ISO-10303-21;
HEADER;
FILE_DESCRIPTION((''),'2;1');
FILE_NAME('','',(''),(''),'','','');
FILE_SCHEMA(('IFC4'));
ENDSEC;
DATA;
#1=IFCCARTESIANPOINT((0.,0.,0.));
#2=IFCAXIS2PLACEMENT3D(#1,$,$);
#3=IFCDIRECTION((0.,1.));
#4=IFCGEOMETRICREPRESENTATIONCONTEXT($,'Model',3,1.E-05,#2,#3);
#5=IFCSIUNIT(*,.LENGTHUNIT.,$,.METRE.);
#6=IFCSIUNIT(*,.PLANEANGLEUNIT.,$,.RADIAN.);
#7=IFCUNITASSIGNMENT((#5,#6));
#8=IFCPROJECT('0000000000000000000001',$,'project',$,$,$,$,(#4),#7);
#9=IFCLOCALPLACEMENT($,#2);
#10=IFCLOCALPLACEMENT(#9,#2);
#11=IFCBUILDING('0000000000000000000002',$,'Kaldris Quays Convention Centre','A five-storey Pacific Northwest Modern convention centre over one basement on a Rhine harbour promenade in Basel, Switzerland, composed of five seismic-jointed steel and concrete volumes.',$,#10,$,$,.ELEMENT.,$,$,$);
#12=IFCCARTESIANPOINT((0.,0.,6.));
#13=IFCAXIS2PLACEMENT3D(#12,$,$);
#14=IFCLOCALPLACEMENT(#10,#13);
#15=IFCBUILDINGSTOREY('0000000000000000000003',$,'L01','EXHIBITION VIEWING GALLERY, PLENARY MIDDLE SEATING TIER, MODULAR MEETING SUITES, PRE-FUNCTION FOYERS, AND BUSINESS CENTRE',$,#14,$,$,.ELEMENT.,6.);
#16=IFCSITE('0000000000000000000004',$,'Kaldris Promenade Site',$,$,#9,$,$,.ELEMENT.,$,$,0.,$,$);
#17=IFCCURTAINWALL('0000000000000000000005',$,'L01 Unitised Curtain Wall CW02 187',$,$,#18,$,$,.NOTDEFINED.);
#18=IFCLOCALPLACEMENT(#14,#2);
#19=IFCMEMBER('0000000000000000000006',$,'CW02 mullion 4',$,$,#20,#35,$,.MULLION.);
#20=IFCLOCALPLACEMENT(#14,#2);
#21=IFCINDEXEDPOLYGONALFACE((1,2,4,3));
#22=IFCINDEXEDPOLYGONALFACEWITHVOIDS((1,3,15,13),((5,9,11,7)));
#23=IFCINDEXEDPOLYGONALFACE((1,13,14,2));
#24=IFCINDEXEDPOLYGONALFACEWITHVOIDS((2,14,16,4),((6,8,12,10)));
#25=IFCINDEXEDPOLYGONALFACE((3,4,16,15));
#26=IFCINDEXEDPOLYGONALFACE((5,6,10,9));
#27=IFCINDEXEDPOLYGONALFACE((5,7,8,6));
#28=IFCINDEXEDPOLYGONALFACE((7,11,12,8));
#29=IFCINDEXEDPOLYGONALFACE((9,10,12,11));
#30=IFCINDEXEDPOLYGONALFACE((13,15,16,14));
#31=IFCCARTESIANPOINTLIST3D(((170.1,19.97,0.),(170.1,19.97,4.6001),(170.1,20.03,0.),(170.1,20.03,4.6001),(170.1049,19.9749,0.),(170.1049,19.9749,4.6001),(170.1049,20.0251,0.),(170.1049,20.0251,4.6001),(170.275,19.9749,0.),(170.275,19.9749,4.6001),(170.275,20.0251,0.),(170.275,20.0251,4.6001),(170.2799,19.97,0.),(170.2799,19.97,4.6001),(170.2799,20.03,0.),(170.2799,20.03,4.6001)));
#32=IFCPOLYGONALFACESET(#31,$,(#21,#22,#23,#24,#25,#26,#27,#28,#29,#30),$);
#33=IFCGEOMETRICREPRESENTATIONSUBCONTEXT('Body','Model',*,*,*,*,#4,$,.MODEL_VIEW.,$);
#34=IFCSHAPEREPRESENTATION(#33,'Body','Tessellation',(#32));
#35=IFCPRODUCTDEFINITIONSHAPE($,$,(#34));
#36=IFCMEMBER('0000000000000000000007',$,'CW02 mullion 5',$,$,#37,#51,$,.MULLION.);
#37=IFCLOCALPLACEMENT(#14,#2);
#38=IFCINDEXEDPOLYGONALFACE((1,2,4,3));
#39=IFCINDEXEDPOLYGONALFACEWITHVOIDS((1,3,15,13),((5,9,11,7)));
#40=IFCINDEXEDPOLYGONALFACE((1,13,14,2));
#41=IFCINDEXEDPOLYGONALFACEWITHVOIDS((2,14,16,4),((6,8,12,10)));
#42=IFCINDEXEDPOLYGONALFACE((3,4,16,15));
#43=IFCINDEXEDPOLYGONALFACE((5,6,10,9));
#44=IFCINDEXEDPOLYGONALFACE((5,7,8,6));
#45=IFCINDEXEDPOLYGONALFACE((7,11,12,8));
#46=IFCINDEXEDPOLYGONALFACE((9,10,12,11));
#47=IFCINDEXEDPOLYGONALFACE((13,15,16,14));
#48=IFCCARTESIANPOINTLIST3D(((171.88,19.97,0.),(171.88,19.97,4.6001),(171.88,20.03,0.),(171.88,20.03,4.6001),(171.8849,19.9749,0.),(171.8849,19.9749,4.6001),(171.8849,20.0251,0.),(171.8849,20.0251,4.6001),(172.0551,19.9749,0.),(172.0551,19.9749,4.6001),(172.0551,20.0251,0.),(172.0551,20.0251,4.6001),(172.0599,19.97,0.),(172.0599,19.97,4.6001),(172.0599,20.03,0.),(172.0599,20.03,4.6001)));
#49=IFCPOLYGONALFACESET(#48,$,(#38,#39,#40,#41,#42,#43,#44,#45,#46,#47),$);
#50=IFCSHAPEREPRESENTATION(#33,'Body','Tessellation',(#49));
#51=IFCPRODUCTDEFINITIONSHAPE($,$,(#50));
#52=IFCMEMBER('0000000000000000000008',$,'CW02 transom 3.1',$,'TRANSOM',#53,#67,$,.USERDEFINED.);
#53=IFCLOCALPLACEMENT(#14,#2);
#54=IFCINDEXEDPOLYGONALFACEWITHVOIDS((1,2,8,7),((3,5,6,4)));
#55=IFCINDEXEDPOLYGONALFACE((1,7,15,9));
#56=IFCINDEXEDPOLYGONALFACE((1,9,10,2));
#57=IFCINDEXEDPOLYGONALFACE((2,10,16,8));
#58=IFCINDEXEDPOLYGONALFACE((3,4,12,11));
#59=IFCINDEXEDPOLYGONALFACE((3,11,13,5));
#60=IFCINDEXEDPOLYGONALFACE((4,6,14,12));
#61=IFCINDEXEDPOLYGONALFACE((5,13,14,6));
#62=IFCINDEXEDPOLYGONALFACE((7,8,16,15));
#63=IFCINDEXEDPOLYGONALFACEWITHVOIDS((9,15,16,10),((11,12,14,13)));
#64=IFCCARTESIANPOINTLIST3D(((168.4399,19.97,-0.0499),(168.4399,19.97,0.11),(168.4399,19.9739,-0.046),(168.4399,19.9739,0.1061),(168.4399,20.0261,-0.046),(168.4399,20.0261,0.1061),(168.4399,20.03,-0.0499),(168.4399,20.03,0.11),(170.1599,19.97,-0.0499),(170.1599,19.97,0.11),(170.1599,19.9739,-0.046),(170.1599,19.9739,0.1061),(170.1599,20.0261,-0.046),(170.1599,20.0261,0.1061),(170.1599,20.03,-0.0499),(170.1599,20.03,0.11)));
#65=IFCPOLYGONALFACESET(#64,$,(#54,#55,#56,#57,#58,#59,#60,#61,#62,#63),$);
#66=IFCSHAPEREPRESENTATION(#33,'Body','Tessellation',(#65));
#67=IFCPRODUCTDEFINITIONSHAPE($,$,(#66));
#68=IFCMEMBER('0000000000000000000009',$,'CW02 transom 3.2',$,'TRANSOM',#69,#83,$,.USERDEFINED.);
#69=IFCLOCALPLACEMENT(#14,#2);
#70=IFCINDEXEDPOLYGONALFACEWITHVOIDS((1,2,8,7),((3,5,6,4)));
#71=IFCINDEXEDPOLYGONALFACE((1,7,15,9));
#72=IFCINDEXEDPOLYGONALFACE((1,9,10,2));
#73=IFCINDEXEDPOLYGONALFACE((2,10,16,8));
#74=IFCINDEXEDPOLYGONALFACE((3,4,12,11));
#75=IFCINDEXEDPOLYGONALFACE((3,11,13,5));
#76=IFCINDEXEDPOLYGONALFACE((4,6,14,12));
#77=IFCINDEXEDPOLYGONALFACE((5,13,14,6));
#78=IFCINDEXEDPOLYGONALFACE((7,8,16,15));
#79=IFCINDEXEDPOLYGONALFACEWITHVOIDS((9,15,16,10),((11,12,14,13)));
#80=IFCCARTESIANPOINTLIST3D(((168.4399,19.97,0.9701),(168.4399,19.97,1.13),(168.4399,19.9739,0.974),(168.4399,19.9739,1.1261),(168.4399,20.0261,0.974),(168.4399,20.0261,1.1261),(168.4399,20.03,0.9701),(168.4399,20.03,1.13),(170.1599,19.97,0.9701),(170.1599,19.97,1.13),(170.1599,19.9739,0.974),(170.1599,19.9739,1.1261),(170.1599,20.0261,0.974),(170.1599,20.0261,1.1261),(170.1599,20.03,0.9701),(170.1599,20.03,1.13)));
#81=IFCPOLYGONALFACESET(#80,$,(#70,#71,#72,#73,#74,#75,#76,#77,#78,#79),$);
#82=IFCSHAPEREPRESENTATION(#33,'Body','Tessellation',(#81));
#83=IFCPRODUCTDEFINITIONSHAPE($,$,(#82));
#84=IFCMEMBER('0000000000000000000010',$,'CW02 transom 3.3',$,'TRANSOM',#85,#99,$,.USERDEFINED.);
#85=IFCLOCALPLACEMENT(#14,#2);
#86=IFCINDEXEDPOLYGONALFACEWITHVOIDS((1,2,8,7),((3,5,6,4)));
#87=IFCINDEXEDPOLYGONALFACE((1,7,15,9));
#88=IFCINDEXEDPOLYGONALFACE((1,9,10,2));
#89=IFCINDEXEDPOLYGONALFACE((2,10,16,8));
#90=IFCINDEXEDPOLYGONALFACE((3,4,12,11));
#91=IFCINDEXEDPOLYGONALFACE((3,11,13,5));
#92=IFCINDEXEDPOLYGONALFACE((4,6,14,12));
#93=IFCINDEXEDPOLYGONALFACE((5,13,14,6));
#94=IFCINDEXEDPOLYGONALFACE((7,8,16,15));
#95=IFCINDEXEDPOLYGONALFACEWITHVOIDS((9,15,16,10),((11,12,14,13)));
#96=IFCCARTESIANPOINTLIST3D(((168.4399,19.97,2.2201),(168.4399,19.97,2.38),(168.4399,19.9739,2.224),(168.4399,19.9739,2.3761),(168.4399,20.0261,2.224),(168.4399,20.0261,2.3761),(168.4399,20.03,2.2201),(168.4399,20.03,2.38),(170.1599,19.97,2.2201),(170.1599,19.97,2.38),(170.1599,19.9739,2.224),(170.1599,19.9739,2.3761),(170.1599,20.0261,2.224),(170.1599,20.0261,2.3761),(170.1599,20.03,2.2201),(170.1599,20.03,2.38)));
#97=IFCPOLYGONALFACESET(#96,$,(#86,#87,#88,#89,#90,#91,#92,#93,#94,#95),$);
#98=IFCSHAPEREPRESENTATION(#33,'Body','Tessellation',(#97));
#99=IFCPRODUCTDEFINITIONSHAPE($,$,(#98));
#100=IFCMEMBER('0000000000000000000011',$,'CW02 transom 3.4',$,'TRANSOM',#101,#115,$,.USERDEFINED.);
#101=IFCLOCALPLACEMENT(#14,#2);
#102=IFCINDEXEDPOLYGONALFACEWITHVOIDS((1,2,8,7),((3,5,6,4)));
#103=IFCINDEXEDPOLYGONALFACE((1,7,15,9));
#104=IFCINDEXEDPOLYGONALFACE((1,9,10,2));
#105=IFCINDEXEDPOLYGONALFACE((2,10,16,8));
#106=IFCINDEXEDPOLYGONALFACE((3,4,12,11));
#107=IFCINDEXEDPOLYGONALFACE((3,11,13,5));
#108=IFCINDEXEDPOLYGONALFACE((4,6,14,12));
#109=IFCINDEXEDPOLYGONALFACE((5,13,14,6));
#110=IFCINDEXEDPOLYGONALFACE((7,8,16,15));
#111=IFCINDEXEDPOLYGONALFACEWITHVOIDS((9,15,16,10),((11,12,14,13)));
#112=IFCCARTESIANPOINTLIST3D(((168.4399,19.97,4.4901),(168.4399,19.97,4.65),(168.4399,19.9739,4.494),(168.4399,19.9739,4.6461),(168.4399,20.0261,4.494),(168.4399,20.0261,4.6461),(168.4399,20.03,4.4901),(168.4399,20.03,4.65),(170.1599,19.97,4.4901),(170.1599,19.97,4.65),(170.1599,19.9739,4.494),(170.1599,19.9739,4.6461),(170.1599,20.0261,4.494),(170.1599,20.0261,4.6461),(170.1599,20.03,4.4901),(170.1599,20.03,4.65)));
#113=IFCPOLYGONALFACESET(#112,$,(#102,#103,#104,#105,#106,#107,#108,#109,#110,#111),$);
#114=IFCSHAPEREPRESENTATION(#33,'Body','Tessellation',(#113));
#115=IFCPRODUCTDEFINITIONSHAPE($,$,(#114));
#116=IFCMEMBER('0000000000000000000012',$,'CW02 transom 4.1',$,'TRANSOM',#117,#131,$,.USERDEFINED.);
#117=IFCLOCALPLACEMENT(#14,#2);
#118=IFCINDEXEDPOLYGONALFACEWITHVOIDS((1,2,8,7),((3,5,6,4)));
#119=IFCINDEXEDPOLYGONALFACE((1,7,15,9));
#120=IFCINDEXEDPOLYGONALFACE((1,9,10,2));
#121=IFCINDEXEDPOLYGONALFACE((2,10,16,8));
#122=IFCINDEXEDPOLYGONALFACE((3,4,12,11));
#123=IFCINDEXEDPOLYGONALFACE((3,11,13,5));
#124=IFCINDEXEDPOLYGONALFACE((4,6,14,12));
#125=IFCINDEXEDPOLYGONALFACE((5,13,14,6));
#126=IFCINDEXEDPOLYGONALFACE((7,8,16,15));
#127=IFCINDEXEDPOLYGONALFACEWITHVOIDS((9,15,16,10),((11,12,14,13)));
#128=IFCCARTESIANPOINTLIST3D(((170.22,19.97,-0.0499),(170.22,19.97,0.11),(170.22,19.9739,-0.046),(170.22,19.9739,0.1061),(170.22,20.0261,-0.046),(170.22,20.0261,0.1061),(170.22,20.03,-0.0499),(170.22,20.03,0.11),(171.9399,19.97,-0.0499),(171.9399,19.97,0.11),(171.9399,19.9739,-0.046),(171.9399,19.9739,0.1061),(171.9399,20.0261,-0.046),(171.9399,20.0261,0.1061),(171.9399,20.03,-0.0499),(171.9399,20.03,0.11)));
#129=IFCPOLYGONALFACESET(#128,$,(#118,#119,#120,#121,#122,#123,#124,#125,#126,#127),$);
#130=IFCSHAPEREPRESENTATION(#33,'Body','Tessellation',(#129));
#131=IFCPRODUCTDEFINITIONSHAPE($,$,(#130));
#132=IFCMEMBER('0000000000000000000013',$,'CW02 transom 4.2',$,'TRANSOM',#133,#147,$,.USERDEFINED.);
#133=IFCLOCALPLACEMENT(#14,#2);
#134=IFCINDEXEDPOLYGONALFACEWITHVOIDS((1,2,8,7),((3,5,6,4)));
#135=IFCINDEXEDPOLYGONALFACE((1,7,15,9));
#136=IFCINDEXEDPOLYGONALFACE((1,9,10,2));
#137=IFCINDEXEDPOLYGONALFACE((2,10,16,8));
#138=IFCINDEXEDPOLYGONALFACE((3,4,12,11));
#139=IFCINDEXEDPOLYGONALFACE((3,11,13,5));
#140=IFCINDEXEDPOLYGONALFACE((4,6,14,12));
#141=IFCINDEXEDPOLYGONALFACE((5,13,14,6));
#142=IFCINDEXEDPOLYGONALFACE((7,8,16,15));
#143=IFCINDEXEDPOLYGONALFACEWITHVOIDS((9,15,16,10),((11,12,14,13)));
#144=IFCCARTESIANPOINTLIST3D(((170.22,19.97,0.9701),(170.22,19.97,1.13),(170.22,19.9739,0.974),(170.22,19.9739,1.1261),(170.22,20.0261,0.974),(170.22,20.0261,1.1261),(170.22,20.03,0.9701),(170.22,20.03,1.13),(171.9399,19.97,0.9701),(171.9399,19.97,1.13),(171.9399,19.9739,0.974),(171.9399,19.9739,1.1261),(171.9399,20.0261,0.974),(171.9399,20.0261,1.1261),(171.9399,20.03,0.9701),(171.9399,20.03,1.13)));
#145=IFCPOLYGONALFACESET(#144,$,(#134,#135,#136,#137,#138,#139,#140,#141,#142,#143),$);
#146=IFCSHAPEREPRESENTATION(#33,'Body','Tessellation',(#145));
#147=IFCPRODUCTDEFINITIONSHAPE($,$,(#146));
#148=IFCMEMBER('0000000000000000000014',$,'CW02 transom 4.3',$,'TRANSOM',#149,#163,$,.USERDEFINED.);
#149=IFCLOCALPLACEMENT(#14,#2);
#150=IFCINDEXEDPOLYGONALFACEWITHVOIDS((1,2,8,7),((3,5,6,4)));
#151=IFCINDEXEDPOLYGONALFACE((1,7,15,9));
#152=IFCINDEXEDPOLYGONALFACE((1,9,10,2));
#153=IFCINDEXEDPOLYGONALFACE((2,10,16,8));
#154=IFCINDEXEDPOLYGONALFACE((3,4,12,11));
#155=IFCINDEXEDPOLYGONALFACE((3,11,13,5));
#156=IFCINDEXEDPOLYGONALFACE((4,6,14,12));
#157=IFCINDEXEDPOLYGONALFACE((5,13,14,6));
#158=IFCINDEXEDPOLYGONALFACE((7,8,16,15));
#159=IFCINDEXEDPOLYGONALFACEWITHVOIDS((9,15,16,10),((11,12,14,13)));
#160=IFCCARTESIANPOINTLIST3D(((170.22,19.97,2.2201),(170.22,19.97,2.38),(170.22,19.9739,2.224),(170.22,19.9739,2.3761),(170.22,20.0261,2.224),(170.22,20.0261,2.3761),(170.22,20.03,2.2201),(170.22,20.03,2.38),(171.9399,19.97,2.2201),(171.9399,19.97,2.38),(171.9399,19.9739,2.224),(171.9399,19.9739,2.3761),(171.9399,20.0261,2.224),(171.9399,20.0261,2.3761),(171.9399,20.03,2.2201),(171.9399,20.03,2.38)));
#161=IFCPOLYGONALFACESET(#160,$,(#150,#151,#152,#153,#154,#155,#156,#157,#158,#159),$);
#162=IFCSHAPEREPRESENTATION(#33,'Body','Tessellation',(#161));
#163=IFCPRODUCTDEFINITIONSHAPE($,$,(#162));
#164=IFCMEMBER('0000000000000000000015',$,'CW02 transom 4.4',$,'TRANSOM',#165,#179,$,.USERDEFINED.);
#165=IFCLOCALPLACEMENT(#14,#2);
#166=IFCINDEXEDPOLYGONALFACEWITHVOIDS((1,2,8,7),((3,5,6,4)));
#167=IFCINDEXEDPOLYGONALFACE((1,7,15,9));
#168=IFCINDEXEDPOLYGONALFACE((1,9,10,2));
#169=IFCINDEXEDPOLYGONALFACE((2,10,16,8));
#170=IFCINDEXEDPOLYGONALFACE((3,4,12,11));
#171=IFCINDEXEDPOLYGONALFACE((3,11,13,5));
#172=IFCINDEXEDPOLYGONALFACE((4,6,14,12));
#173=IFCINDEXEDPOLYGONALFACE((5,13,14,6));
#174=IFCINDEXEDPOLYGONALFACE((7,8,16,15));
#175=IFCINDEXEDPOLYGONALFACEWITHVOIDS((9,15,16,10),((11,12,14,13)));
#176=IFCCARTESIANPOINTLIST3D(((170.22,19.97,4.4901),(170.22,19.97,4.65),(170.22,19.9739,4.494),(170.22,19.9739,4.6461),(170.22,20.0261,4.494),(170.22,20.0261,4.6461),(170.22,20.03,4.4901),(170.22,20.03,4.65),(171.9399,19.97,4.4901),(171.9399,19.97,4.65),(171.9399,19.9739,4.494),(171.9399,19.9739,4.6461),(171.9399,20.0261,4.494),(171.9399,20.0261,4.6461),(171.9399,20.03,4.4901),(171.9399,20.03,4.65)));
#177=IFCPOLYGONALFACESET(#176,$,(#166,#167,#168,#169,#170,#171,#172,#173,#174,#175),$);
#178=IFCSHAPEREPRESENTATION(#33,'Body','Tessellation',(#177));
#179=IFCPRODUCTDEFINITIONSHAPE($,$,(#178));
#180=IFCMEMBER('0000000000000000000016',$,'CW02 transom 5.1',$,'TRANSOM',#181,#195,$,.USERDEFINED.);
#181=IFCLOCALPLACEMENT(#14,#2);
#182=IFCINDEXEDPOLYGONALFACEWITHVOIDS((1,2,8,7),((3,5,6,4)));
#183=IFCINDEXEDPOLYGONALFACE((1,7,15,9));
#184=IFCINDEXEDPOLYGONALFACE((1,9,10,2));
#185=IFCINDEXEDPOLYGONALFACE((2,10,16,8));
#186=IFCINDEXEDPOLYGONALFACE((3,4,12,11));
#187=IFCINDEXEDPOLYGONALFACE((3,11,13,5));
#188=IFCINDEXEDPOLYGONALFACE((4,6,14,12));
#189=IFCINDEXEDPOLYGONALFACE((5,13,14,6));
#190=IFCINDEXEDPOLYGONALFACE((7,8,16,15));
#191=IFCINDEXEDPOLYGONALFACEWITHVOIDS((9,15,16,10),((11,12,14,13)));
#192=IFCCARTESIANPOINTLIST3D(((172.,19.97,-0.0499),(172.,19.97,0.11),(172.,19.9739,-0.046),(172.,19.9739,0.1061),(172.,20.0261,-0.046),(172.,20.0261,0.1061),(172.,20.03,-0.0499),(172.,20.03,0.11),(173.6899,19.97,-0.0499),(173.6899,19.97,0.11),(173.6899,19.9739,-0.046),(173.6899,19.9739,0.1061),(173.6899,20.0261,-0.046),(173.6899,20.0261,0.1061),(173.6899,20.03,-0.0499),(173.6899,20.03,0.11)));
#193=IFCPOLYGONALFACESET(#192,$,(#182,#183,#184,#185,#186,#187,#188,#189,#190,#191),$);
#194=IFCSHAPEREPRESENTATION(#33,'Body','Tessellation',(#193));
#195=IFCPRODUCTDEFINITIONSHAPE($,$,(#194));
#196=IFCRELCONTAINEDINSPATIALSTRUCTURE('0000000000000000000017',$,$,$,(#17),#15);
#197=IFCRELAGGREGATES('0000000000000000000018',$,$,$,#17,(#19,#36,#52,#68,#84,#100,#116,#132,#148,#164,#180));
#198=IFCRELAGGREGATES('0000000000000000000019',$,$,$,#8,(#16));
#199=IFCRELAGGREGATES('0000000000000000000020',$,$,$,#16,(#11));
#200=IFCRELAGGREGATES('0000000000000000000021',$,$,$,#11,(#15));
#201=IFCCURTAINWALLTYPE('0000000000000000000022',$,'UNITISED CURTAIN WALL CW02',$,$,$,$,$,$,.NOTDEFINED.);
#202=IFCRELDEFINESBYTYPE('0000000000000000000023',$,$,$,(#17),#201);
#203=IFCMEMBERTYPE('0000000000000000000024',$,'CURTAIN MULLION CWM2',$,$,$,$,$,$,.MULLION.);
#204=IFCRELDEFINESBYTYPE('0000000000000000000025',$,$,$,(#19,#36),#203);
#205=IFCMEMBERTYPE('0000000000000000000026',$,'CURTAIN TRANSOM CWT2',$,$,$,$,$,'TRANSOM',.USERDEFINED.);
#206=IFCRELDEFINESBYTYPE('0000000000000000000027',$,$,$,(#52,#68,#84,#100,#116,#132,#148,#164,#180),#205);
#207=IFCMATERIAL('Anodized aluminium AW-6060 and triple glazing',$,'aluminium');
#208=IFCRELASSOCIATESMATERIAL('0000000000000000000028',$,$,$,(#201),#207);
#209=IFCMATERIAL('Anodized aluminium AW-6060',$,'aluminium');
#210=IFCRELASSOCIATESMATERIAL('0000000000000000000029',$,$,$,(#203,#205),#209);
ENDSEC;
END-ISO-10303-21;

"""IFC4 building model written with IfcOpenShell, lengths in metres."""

from ifc_helpers import new_model, si_unit, direction, frame, origin, origin_2d, place, context, subcontext, project, spatial, hollow_rectangle, extrude, material, material_profile, profile_set, type_object, element, aggregate, save


model = new_model("IFC4")

# Units and contexts
model_context = context("Model", 3, precision=1e-05, world=origin(), true_north=direction((0.0, 1.0)))
body_context = subcontext(model_context, "Body", "Model", "MODEL_VIEW")
ifc_project = project(units=[si_unit("LENGTHUNIT", "METRE"), si_unit("PLANEANGLEUNIT", "RADIAN")], contexts=[model_context])

# Site, building, storey
site_placement = place(None, origin())
site = spatial("IfcSite", under=ifc_project, at=site_placement, Name="Kaldris Promenade Site", CompositionType="ELEMENT", RefElevation=0.0)
building_placement = place(site_placement, origin())
building = spatial("IfcBuilding", under=site, at=building_placement, Name="Kaldris Quays Convention Centre", Description="A five-storey Pacific Northwest Modern convention centre over one basement on a Rhine harbour promenade in Basel, Switzerland, composed of five seismic-jointed steel and concrete volumes.", CompositionType="ELEMENT")
storey_placement = place(building_placement, frame((0.0, 0.0, 6.0)))
storey = spatial("IfcBuildingStorey", under=building, at=storey_placement, Name="L01", Description="EXHIBITION VIEWING GALLERY, PLENARY MIDDLE SEATING TIER, MODULAR MEETING SUITES, PRE-FUNCTION FOYERS, AND BUSINESS CENTRE", CompositionType="ELEMENT", Elevation=6.0)

# Curtain wall, members
ifc_material_1 = material(Name="Anodized aluminium AW-6060 and triple glazing", Category="aluminium")
curtain_wall_type = type_object("IfcCurtainWallType", Name="UNITISED CURTAIN WALL CW02", PredefinedType="NOTDEFINED", material=ifc_material_1)
curtain_wall_placement = place(storey_placement, origin())
curtain_wall = element("IfcCurtainWall", 1, at=curtain_wall_placement, inside=storey, type_object=curtain_wall_type, Name="L01 Unitised Curtain Wall CW02 187", PredefinedType="NOTDEFINED")
ifc_material_2 = material(Name="Anodized aluminium AW-6060", Category="aluminium")
ifc_material_profile_1 = material_profile(ifc_material_2, hollow_rectangle(XDim=0.0601, YDim=0.1799, WallThickness=0.0049, at=origin_2d()), Name="RHS 180x60x5")
ifc_profile_set_1 = profile_set([ifc_material_profile_1], Name="Anodized aluminium AW-6060")
member_type_1 = type_object("IfcMemberType", Name="CURTAIN MULLION CWM2", PredefinedType="MULLION", material=ifc_profile_set_1)
member_1_placement = place(storey_placement, frame((170.1899, 20.0, 0.0), z_axis=(0.0, 0.0, 1.0), x_axis=(0.0, 1.0, 0.0)))
member_1 = element("IfcMember", 2, at=member_1_placement, type_object=member_type_1, Name="CW02 mullion 4", PredefinedType="MULLION", context=body_context, shape_type="SweptSolid", body=[
    extrude(hollow_rectangle(XDim=0.0601, YDim=0.1799, WallThickness=0.0049, at=origin_2d()), origin(), (0.0, 0.0, 1.0), 4.6001),
])
member_2_placement = place(storey_placement, frame((171.97, 20.0, 0.0), z_axis=(0.0, 0.0, 1.0), x_axis=(0.0, 1.0, 0.0)))
member_2 = element("IfcMember", 3, at=member_2_placement, type_object=member_type_1, Name="CW02 mullion 5", PredefinedType="MULLION", context=body_context, shape_type="SweptSolid", body=[
    extrude(hollow_rectangle(XDim=0.0601, YDim=0.1799, WallThickness=0.0049, at=origin_2d()), origin(), (0.0, 0.0, 1.0), 4.6001),
])
ifc_material_profile_2 = material_profile(ifc_material_2, hollow_rectangle(XDim=0.0601, YDim=0.1599, WallThickness=0.0039, at=origin_2d()), Name="RHS 160x60x4")
ifc_profile_set_2 = profile_set([ifc_material_profile_2], Name="Anodized aluminium AW-6060")
member_type_2 = type_object("IfcMemberType", Name="CURTAIN TRANSOM CWT2", ElementType="TRANSOM", PredefinedType="USERDEFINED", material=ifc_profile_set_2)
member_3_placement = place(storey_placement, frame((168.4399, 20.0, 0.03), z_axis=(1.0, 0.0, 0.0), x_axis=(0.0, 1.0, 0.0)))
member_3 = element("IfcMember", 4, at=member_3_placement, type_object=member_type_2, Name="CW02 transom 3.1", ObjectType="TRANSOM", PredefinedType="USERDEFINED", context=body_context, shape_type="SweptSolid", body=[
    extrude(hollow_rectangle(XDim=0.0601, YDim=0.1599, WallThickness=0.0039, at=origin_2d()), origin(), (0.0, 0.0, 1.0), 1.72),
])
member_4_placement = place(storey_placement, frame((168.4399, 20.0, 1.05), z_axis=(1.0, 0.0, 0.0), x_axis=(0.0, 1.0, 0.0)))
member_4 = element("IfcMember", 5, at=member_4_placement, type_object=member_type_2, Name="CW02 transom 3.2", ObjectType="TRANSOM", PredefinedType="USERDEFINED", context=body_context, shape_type="SweptSolid", body=[
    extrude(hollow_rectangle(XDim=0.0601, YDim=0.1599, WallThickness=0.0039, at=origin_2d()), origin(), (0.0, 0.0, 1.0), 1.72),
])
member_5_placement = place(storey_placement, frame((168.4399, 20.0, 2.3), z_axis=(1.0, 0.0, 0.0), x_axis=(0.0, 1.0, 0.0)))
member_5 = element("IfcMember", 6, at=member_5_placement, type_object=member_type_2, Name="CW02 transom 3.3", ObjectType="TRANSOM", PredefinedType="USERDEFINED", context=body_context, shape_type="SweptSolid", body=[
    extrude(hollow_rectangle(XDim=0.0601, YDim=0.1599, WallThickness=0.0039, at=origin_2d()), origin(), (0.0, 0.0, 1.0), 1.72),
])
member_6_placement = place(storey_placement, frame((168.4399, 20.0, 4.5701), z_axis=(1.0, 0.0, 0.0), x_axis=(0.0, 1.0, 0.0)))
member_6 = element("IfcMember", 7, at=member_6_placement, type_object=member_type_2, Name="CW02 transom 3.4", ObjectType="TRANSOM", PredefinedType="USERDEFINED", context=body_context, shape_type="SweptSolid", body=[
    extrude(hollow_rectangle(XDim=0.0601, YDim=0.1599, WallThickness=0.0039, at=origin_2d()), origin(), (0.0, 0.0, 1.0), 1.72),
])
member_7_placement = place(storey_placement, frame((170.22, 20.0, 0.03), z_axis=(1.0, 0.0, 0.0), x_axis=(0.0, 1.0, 0.0)))
member_7 = element("IfcMember", 8, at=member_7_placement, type_object=member_type_2, Name="CW02 transom 4.1", ObjectType="TRANSOM", PredefinedType="USERDEFINED", context=body_context, shape_type="SweptSolid", body=[
    extrude(hollow_rectangle(XDim=0.0601, YDim=0.1599, WallThickness=0.0039, at=origin_2d()), origin(), (0.0, 0.0, 1.0), 1.72),
])
member_8_placement = place(storey_placement, frame((170.22, 20.0, 1.05), z_axis=(1.0, 0.0, 0.0), x_axis=(0.0, 1.0, 0.0)))
member_8 = element("IfcMember", 9, at=member_8_placement, type_object=member_type_2, Name="CW02 transom 4.2", ObjectType="TRANSOM", PredefinedType="USERDEFINED", context=body_context, shape_type="SweptSolid", body=[
    extrude(hollow_rectangle(XDim=0.0601, YDim=0.1599, WallThickness=0.0039, at=origin_2d()), origin(), (0.0, 0.0, 1.0), 1.72),
])
member_9_placement = place(storey_placement, frame((170.22, 20.0, 2.3), z_axis=(1.0, 0.0, 0.0), x_axis=(0.0, 1.0, 0.0)))
member_9 = element("IfcMember", 10, at=member_9_placement, type_object=member_type_2, Name="CW02 transom 4.3", ObjectType="TRANSOM", PredefinedType="USERDEFINED", context=body_context, shape_type="SweptSolid", body=[
    extrude(hollow_rectangle(XDim=0.0601, YDim=0.1599, WallThickness=0.0039, at=origin_2d()), origin(), (0.0, 0.0, 1.0), 1.72),
])
member_10_placement = place(storey_placement, frame((170.22, 20.0, 4.5701), z_axis=(1.0, 0.0, 0.0), x_axis=(0.0, 1.0, 0.0)))
member_10 = element("IfcMember", 11, at=member_10_placement, type_object=member_type_2, Name="CW02 transom 4.4", ObjectType="TRANSOM", PredefinedType="USERDEFINED", context=body_context, shape_type="SweptSolid", body=[
    extrude(hollow_rectangle(XDim=0.0601, YDim=0.1599, WallThickness=0.0039, at=origin_2d()), origin(), (0.0, 0.0, 1.0), 1.72),
])
member_11_placement = place(storey_placement, frame((172.0, 20.0, 0.03), z_axis=(1.0, 0.0, 0.0), x_axis=(0.0, 1.0, 0.0)))
member_11 = element("IfcMember", 12, at=member_11_placement, type_object=member_type_2, Name="CW02 transom 5.1", ObjectType="TRANSOM", PredefinedType="USERDEFINED", context=body_context, shape_type="SweptSolid", body=[
    extrude(hollow_rectangle(XDim=0.0601, YDim=0.1599, WallThickness=0.0039, at=origin_2d()), origin(), (0.0, 0.0, 1.0), 1.6899),
])
aggregate(curtain_wall, [member_1, member_2, member_3, member_4, member_5, member_6, member_7, member_8, member_9, member_10, member_11])

save(model, "model.ifc")
